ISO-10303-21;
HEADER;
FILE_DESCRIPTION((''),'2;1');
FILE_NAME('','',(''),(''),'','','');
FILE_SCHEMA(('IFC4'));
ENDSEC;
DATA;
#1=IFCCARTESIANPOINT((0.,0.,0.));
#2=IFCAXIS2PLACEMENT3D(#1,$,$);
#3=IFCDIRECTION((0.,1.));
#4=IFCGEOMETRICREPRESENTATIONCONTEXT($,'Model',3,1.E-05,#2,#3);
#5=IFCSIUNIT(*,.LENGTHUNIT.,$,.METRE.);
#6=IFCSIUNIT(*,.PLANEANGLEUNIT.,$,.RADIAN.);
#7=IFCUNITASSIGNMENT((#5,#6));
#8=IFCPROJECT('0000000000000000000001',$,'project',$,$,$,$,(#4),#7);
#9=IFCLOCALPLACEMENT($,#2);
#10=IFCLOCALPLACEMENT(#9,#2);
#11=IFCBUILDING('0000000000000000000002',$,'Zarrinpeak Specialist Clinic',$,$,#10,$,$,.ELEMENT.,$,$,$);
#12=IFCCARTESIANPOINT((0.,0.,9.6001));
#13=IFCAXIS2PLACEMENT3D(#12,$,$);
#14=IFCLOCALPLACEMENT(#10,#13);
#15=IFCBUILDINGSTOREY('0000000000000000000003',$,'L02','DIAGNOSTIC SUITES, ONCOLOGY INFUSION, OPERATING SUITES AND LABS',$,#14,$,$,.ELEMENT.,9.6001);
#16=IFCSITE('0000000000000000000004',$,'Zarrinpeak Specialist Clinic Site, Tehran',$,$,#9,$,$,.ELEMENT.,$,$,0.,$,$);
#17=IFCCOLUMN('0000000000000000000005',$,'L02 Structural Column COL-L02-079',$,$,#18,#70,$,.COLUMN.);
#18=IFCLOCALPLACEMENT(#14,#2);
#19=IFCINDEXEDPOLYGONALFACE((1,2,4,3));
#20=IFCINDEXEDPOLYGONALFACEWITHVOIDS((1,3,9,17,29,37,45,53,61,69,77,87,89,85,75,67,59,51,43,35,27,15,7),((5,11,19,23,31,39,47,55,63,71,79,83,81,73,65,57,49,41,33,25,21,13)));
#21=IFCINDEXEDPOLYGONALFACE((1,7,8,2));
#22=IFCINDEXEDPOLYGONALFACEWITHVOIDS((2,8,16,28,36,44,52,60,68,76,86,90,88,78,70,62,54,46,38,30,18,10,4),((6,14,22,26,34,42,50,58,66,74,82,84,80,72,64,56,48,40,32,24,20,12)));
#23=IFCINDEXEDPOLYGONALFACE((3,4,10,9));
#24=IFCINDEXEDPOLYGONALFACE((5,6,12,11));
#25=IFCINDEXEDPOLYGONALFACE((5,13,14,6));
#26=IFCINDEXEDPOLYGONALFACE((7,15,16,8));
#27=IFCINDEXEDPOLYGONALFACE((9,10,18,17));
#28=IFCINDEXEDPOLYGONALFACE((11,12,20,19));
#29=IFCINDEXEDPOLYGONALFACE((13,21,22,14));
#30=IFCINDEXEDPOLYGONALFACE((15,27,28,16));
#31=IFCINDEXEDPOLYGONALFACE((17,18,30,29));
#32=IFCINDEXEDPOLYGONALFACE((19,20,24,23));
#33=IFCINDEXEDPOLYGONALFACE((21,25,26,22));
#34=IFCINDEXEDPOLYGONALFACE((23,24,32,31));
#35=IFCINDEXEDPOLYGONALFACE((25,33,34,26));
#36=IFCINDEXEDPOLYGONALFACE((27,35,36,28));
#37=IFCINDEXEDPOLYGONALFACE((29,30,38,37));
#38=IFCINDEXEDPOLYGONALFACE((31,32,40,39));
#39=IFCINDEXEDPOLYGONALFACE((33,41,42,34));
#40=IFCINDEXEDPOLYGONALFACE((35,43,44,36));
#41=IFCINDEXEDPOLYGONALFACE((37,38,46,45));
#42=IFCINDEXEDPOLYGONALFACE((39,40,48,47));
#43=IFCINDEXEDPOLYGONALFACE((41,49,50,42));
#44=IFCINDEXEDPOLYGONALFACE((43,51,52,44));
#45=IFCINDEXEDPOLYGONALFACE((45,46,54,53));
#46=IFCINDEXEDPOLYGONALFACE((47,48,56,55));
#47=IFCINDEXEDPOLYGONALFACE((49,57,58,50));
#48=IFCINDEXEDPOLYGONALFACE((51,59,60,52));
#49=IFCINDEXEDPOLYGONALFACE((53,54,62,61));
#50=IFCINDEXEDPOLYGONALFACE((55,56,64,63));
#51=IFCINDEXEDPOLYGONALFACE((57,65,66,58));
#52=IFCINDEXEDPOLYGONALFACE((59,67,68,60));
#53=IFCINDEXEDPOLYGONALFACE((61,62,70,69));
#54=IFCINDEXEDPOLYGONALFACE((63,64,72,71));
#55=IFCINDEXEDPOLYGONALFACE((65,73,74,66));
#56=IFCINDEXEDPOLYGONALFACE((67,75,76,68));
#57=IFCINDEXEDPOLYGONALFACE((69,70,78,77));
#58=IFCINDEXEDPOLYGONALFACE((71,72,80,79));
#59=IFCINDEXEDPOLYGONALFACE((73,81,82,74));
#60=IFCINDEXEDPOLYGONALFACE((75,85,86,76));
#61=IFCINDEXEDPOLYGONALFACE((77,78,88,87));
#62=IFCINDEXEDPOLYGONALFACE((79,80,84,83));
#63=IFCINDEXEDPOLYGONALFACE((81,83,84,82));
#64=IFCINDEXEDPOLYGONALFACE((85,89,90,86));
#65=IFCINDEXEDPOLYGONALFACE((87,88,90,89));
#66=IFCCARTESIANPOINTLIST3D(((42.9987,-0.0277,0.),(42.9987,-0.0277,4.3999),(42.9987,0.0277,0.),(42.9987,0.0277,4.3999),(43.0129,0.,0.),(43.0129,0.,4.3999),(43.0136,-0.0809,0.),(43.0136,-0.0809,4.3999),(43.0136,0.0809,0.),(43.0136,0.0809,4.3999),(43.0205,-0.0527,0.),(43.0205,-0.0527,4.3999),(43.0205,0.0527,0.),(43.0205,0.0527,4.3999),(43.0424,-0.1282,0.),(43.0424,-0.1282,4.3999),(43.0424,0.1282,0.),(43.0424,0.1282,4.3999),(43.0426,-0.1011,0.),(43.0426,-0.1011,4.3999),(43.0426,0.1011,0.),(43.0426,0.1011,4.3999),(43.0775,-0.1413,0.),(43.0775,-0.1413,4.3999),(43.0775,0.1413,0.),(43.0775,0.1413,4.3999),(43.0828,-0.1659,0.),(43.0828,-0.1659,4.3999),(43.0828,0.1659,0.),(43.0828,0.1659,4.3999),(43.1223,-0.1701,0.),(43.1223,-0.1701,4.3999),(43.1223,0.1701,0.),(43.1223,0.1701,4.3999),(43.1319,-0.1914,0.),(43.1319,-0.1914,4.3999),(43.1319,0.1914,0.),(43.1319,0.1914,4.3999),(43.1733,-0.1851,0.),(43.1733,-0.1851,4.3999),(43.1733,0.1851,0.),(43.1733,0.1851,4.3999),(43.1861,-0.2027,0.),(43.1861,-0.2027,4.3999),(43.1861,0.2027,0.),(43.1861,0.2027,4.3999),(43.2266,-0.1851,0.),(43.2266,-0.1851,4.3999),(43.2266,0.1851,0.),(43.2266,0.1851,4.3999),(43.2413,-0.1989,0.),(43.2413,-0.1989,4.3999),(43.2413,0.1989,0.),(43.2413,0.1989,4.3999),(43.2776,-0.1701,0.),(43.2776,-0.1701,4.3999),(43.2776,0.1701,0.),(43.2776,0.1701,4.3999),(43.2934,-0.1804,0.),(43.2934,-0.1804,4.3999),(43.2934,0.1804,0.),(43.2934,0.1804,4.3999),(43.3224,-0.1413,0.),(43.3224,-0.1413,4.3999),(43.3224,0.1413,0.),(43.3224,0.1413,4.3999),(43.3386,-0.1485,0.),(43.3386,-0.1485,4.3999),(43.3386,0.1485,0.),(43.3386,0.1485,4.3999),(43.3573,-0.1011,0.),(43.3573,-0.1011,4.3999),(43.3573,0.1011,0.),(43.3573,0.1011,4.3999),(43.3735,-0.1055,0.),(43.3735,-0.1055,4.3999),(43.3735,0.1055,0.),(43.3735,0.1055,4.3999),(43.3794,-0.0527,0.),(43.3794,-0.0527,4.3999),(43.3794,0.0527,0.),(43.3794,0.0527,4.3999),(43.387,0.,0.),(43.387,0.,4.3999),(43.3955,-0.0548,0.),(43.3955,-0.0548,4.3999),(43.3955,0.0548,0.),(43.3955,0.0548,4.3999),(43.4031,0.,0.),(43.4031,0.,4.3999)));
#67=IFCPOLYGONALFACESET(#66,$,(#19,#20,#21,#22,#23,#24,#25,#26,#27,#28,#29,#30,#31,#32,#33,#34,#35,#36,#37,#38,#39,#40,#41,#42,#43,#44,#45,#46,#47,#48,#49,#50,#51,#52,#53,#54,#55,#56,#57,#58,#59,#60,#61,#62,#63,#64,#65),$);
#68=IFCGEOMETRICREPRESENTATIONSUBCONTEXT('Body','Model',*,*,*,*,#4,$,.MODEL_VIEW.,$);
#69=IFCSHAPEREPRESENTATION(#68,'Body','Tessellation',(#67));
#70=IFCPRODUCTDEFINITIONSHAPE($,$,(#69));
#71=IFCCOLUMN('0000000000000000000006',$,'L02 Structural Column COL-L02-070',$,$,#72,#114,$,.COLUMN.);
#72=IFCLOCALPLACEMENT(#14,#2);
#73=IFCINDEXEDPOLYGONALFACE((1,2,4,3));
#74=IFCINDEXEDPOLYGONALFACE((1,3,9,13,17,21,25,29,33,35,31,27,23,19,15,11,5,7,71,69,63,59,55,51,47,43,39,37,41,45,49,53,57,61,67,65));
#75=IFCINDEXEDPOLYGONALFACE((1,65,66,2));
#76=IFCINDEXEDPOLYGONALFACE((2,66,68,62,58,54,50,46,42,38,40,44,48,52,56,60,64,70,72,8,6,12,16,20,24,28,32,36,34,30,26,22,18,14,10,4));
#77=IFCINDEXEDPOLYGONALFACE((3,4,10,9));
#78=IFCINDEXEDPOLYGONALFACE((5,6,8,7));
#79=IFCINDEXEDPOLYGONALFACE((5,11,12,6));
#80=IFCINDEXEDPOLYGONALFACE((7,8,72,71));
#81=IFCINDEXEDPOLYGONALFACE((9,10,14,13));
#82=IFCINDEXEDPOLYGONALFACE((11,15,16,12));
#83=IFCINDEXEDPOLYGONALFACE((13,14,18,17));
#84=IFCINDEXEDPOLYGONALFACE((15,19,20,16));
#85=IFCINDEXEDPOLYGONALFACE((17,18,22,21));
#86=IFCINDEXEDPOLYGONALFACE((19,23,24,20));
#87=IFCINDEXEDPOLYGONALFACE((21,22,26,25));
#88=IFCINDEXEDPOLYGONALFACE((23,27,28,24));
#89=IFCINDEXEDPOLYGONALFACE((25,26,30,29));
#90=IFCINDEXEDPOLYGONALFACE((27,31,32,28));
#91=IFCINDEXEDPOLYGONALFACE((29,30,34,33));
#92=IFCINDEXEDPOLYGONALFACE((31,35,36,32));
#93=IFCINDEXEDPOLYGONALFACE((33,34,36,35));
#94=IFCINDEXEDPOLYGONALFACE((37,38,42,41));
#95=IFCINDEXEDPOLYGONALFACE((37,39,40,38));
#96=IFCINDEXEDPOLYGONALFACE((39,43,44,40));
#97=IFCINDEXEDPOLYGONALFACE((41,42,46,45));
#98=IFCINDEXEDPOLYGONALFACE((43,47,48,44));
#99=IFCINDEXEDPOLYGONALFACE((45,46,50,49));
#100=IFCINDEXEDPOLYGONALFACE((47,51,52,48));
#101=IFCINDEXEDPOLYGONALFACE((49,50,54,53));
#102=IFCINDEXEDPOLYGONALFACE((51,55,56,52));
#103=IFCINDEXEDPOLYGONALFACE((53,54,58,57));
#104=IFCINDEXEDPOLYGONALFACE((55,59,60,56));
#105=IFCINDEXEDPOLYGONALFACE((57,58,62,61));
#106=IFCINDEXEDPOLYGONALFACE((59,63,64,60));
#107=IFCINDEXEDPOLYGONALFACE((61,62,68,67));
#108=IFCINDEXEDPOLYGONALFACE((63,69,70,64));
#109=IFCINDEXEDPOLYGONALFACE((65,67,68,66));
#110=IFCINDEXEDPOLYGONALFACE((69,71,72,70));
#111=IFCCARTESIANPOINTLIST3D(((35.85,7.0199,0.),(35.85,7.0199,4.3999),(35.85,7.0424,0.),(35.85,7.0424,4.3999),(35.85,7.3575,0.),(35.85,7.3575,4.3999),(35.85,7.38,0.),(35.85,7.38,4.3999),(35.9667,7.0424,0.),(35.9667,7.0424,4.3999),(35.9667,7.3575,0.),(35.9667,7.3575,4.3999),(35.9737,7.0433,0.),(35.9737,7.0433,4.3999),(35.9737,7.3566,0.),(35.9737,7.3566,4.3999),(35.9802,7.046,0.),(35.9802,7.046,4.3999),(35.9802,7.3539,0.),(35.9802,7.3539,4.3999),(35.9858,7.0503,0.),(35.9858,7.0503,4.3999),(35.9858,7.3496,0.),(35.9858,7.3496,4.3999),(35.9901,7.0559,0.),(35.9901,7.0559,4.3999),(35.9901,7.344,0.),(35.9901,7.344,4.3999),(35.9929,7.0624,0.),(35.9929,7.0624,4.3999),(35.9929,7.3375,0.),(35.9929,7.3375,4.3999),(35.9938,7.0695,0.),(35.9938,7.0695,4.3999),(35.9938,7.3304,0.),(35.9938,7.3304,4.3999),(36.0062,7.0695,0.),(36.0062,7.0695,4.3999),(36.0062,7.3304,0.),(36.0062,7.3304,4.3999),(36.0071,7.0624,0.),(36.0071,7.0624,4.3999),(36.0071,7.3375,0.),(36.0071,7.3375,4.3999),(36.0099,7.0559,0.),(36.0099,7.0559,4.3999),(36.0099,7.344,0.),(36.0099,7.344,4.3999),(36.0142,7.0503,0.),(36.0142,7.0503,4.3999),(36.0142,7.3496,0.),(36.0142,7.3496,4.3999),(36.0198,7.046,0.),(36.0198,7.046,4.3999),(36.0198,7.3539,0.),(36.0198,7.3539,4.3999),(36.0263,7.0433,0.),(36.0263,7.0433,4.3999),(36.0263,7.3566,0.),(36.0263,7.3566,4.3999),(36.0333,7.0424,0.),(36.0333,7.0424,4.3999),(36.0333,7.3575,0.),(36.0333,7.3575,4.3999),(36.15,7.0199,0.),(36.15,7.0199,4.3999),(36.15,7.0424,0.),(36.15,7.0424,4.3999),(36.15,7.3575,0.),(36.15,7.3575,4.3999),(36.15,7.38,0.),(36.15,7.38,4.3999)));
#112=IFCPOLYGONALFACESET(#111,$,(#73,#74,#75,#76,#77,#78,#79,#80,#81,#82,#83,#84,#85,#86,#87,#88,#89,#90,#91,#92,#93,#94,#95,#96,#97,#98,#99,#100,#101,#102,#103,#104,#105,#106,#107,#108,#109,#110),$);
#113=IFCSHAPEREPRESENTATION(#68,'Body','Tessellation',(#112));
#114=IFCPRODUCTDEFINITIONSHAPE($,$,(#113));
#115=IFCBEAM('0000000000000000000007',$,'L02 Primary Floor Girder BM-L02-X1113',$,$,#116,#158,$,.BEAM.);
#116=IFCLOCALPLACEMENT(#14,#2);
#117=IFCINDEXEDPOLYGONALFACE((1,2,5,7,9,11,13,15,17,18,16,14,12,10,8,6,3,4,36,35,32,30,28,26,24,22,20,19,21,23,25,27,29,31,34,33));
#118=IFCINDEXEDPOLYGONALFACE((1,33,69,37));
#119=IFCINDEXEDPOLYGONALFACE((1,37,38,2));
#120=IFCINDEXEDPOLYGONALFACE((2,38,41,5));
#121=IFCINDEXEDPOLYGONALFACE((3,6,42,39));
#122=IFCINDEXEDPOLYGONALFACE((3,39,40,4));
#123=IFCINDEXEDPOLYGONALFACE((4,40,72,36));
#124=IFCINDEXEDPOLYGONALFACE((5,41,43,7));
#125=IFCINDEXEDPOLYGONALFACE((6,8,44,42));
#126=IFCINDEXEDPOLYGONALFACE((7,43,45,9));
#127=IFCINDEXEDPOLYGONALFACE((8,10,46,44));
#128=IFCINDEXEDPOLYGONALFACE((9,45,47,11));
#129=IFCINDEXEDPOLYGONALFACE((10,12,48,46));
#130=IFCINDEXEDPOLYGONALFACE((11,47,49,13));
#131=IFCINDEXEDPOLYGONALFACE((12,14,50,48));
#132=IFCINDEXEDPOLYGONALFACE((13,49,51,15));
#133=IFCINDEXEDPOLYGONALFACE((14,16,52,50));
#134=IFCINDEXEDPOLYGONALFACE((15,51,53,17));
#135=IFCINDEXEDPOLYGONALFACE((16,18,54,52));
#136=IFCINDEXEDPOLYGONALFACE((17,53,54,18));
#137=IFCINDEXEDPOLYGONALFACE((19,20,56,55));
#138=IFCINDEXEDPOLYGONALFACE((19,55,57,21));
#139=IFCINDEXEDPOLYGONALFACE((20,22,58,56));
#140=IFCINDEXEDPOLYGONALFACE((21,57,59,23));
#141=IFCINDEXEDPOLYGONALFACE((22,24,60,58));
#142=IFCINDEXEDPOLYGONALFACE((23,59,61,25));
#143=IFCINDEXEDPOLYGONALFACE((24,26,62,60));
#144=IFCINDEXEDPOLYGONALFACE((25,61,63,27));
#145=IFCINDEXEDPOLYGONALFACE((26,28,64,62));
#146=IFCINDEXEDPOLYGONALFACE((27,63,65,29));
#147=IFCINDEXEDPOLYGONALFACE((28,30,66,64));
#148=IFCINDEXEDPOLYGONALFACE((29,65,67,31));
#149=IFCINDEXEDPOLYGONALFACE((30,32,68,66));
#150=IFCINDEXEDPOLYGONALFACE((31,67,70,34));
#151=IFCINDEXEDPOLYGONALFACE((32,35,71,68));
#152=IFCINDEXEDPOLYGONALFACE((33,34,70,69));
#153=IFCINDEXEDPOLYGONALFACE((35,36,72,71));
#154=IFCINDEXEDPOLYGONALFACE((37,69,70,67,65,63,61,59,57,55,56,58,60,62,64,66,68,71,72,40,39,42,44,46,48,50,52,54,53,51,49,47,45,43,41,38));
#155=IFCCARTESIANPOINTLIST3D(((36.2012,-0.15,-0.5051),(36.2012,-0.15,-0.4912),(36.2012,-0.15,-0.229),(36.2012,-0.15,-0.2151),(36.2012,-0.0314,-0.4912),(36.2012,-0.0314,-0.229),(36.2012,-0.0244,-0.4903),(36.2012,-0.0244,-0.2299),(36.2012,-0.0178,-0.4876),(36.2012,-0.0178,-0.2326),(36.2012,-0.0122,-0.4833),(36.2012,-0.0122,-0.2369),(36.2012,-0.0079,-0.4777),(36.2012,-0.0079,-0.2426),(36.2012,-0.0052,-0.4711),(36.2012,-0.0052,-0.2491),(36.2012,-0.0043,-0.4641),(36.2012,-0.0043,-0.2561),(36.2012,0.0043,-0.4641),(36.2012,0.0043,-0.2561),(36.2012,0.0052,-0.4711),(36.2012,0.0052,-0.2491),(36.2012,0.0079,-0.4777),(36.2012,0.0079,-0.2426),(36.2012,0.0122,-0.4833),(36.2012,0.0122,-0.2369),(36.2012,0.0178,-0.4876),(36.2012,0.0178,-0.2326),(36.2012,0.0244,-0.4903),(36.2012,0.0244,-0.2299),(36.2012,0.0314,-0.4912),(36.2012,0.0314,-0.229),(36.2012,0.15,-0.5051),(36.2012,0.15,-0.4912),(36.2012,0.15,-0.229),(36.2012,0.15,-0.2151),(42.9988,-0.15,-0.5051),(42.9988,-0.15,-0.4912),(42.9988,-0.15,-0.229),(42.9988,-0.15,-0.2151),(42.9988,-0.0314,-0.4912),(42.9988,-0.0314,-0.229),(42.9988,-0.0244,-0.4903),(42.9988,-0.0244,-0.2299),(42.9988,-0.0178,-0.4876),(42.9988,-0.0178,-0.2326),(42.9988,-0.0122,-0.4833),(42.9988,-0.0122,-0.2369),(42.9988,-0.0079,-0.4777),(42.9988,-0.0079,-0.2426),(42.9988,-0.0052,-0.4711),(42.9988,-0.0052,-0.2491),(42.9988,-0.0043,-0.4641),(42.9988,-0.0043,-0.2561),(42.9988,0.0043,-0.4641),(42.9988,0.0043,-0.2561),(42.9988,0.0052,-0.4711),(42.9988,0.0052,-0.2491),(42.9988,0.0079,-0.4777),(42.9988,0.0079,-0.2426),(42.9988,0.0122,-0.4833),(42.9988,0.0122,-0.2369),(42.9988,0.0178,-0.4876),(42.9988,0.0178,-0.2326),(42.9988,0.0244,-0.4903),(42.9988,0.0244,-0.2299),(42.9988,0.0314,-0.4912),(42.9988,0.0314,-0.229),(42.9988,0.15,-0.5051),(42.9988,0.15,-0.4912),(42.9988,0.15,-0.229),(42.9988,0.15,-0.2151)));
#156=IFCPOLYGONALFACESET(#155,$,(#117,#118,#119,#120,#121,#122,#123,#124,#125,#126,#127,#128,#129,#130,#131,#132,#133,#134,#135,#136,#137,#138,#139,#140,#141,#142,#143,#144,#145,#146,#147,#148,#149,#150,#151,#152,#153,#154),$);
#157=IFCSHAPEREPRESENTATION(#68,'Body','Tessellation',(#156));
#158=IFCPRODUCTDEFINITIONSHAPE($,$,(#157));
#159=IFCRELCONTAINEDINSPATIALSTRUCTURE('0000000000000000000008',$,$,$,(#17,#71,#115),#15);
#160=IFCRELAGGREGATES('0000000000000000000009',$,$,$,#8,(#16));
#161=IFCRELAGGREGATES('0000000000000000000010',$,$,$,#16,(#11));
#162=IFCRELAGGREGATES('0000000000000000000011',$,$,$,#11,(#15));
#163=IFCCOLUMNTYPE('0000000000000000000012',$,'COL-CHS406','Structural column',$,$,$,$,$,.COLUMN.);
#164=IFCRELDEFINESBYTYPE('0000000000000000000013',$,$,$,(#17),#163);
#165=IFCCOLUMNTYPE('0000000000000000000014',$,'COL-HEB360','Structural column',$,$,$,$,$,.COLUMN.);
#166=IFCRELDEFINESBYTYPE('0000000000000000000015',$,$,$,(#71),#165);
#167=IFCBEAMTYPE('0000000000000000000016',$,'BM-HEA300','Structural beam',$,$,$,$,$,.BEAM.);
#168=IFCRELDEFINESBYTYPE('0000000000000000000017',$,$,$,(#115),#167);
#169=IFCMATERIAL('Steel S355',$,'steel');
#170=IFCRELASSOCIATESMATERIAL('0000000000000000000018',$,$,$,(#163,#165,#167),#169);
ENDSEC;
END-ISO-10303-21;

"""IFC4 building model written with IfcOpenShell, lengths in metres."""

from ifc_helpers import new_model, si_unit, direction, frame, origin, origin_2d, place, context, subcontext, project, spatial, hollow_circle, i_section, extrude, material, material_profile, profile_set, type_object, element, save


model = new_model("IFC4")

# Units and contexts
model_context = context("Model", 3, precision=1e-05, world=origin(), true_north=direction((0.0, 1.0)))
body_context = subcontext(model_context, "Body", "Model", "MODEL_VIEW")
ifc_project = project(units=[si_unit("LENGTHUNIT", "METRE"), si_unit("PLANEANGLEUNIT", "RADIAN")], contexts=[model_context])

# Site, building, storey
site_placement = place(None, origin())
site = spatial("IfcSite", under=ifc_project, at=site_placement, Name="Zarrinpeak Specialist Clinic Site, Tehran", CompositionType="ELEMENT", RefElevation=0.0)
building_placement = place(site_placement, origin())
building = spatial("IfcBuilding", under=site, at=building_placement, Name="Zarrinpeak Specialist Clinic", CompositionType="ELEMENT")
storey_placement = place(building_placement, frame((0.0, 0.0, 9.6001)))
storey = spatial("IfcBuildingStorey", under=building, at=storey_placement, Name="L02", Description="DIAGNOSTIC SUITES, ONCOLOGY INFUSION, OPERATING SUITES AND LABS", CompositionType="ELEMENT", Elevation=9.6001)

# Columns
ifc_material_1 = material(Name="Steel S355", Category="steel")
ifc_material_profile_1 = material_profile(ifc_material_1, hollow_circle(Radius=0.2031, WallThickness=0.0161, at=origin_2d()), Name="CHS 406.4x16.0")
ifc_profile_set_1 = profile_set([ifc_material_profile_1], Name="Steel S355")
column_type_1 = type_object("IfcColumnType", Name="COL-CHS406", Description="Structural column", PredefinedType="COLUMN", material=ifc_profile_set_1)
column_1_placement = place(storey_placement, frame((43.2, 0.0, 0.0), z_axis=(0.0, 0.0, 1.0), x_axis=(1.0, 0.0, 0.0)))
element("IfcColumn", 1, at=column_1_placement, inside=storey, type_object=column_type_1, Name="L02 Structural Column COL-L02-079", PredefinedType="COLUMN", context=body_context, shape_type="SweptSolid", body=[
    extrude(hollow_circle(Radius=0.2031, WallThickness=0.0161, at=origin_2d()), origin(), (0.0, 0.0, 1.0), 4.3999),
])
ifc_material_profile_2 = material_profile(ifc_material_1, i_section(OverallWidth=0.3, OverallDepth=0.3601, WebThickness=0.0125, FlangeThickness=0.0225, FilletRadius=0.0271, at=origin_2d()), Name="HEB 360")
ifc_profile_set_2 = profile_set([ifc_material_profile_2], Name="Steel S355")
column_type_2 = type_object("IfcColumnType", Name="COL-HEB360", Description="Structural column", PredefinedType="COLUMN", material=ifc_profile_set_2)
column_2_placement = place(storey_placement, frame((36.0, 7.2, 0.0), z_axis=(0.0, 0.0, 1.0), x_axis=(1.0, 0.0, 0.0)))
element("IfcColumn", 2, at=column_2_placement, inside=storey, type_object=column_type_2, Name="L02 Structural Column COL-L02-070", PredefinedType="COLUMN", context=body_context, shape_type="SweptSolid", body=[
    extrude(i_section(OverallWidth=0.3, OverallDepth=0.3601, WebThickness=0.0125, FlangeThickness=0.0225, FilletRadius=0.0271, at=origin_2d()), origin(), (0.0, 0.0, 1.0), 4.3999),
])

# Beam
ifc_material_profile_3 = material_profile(ifc_material_1, i_section(OverallWidth=0.3, OverallDepth=0.29, WebThickness=0.0085, FlangeThickness=0.0139, FilletRadius=0.0271, at=origin_2d()), Name="HEA 300")
ifc_profile_set_3 = profile_set([ifc_material_profile_3], Name="Steel S355")
beam_type = type_object("IfcBeamType", Name="BM-HEA300", Description="Structural beam", PredefinedType="BEAM", material=ifc_profile_set_3)
for number, where, z_axis, x_axis, name in (
    (3, (36.2012, 0.0, -0.3601), (1.0, 0.0, 0.0), (0.0, 1.0, 0.0), "L02 Primary Floor Girder BM-L02-X1113"),
):
    element("IfcBeam", number, at=place(storey_placement, frame(where, z_axis=z_axis, x_axis=x_axis)), inside=storey, type_object=beam_type, Name=name, PredefinedType="BEAM", context=body_context, shape_type="SweptSolid", body=[
        extrude(i_section(OverallWidth=0.3, OverallDepth=0.29, WebThickness=0.0085, FlangeThickness=0.0139, FilletRadius=0.0271, at=origin_2d()), origin(), (0.0, 0.0, 1.0), 6.7976),
    ])

save(model, "model.ifc")
